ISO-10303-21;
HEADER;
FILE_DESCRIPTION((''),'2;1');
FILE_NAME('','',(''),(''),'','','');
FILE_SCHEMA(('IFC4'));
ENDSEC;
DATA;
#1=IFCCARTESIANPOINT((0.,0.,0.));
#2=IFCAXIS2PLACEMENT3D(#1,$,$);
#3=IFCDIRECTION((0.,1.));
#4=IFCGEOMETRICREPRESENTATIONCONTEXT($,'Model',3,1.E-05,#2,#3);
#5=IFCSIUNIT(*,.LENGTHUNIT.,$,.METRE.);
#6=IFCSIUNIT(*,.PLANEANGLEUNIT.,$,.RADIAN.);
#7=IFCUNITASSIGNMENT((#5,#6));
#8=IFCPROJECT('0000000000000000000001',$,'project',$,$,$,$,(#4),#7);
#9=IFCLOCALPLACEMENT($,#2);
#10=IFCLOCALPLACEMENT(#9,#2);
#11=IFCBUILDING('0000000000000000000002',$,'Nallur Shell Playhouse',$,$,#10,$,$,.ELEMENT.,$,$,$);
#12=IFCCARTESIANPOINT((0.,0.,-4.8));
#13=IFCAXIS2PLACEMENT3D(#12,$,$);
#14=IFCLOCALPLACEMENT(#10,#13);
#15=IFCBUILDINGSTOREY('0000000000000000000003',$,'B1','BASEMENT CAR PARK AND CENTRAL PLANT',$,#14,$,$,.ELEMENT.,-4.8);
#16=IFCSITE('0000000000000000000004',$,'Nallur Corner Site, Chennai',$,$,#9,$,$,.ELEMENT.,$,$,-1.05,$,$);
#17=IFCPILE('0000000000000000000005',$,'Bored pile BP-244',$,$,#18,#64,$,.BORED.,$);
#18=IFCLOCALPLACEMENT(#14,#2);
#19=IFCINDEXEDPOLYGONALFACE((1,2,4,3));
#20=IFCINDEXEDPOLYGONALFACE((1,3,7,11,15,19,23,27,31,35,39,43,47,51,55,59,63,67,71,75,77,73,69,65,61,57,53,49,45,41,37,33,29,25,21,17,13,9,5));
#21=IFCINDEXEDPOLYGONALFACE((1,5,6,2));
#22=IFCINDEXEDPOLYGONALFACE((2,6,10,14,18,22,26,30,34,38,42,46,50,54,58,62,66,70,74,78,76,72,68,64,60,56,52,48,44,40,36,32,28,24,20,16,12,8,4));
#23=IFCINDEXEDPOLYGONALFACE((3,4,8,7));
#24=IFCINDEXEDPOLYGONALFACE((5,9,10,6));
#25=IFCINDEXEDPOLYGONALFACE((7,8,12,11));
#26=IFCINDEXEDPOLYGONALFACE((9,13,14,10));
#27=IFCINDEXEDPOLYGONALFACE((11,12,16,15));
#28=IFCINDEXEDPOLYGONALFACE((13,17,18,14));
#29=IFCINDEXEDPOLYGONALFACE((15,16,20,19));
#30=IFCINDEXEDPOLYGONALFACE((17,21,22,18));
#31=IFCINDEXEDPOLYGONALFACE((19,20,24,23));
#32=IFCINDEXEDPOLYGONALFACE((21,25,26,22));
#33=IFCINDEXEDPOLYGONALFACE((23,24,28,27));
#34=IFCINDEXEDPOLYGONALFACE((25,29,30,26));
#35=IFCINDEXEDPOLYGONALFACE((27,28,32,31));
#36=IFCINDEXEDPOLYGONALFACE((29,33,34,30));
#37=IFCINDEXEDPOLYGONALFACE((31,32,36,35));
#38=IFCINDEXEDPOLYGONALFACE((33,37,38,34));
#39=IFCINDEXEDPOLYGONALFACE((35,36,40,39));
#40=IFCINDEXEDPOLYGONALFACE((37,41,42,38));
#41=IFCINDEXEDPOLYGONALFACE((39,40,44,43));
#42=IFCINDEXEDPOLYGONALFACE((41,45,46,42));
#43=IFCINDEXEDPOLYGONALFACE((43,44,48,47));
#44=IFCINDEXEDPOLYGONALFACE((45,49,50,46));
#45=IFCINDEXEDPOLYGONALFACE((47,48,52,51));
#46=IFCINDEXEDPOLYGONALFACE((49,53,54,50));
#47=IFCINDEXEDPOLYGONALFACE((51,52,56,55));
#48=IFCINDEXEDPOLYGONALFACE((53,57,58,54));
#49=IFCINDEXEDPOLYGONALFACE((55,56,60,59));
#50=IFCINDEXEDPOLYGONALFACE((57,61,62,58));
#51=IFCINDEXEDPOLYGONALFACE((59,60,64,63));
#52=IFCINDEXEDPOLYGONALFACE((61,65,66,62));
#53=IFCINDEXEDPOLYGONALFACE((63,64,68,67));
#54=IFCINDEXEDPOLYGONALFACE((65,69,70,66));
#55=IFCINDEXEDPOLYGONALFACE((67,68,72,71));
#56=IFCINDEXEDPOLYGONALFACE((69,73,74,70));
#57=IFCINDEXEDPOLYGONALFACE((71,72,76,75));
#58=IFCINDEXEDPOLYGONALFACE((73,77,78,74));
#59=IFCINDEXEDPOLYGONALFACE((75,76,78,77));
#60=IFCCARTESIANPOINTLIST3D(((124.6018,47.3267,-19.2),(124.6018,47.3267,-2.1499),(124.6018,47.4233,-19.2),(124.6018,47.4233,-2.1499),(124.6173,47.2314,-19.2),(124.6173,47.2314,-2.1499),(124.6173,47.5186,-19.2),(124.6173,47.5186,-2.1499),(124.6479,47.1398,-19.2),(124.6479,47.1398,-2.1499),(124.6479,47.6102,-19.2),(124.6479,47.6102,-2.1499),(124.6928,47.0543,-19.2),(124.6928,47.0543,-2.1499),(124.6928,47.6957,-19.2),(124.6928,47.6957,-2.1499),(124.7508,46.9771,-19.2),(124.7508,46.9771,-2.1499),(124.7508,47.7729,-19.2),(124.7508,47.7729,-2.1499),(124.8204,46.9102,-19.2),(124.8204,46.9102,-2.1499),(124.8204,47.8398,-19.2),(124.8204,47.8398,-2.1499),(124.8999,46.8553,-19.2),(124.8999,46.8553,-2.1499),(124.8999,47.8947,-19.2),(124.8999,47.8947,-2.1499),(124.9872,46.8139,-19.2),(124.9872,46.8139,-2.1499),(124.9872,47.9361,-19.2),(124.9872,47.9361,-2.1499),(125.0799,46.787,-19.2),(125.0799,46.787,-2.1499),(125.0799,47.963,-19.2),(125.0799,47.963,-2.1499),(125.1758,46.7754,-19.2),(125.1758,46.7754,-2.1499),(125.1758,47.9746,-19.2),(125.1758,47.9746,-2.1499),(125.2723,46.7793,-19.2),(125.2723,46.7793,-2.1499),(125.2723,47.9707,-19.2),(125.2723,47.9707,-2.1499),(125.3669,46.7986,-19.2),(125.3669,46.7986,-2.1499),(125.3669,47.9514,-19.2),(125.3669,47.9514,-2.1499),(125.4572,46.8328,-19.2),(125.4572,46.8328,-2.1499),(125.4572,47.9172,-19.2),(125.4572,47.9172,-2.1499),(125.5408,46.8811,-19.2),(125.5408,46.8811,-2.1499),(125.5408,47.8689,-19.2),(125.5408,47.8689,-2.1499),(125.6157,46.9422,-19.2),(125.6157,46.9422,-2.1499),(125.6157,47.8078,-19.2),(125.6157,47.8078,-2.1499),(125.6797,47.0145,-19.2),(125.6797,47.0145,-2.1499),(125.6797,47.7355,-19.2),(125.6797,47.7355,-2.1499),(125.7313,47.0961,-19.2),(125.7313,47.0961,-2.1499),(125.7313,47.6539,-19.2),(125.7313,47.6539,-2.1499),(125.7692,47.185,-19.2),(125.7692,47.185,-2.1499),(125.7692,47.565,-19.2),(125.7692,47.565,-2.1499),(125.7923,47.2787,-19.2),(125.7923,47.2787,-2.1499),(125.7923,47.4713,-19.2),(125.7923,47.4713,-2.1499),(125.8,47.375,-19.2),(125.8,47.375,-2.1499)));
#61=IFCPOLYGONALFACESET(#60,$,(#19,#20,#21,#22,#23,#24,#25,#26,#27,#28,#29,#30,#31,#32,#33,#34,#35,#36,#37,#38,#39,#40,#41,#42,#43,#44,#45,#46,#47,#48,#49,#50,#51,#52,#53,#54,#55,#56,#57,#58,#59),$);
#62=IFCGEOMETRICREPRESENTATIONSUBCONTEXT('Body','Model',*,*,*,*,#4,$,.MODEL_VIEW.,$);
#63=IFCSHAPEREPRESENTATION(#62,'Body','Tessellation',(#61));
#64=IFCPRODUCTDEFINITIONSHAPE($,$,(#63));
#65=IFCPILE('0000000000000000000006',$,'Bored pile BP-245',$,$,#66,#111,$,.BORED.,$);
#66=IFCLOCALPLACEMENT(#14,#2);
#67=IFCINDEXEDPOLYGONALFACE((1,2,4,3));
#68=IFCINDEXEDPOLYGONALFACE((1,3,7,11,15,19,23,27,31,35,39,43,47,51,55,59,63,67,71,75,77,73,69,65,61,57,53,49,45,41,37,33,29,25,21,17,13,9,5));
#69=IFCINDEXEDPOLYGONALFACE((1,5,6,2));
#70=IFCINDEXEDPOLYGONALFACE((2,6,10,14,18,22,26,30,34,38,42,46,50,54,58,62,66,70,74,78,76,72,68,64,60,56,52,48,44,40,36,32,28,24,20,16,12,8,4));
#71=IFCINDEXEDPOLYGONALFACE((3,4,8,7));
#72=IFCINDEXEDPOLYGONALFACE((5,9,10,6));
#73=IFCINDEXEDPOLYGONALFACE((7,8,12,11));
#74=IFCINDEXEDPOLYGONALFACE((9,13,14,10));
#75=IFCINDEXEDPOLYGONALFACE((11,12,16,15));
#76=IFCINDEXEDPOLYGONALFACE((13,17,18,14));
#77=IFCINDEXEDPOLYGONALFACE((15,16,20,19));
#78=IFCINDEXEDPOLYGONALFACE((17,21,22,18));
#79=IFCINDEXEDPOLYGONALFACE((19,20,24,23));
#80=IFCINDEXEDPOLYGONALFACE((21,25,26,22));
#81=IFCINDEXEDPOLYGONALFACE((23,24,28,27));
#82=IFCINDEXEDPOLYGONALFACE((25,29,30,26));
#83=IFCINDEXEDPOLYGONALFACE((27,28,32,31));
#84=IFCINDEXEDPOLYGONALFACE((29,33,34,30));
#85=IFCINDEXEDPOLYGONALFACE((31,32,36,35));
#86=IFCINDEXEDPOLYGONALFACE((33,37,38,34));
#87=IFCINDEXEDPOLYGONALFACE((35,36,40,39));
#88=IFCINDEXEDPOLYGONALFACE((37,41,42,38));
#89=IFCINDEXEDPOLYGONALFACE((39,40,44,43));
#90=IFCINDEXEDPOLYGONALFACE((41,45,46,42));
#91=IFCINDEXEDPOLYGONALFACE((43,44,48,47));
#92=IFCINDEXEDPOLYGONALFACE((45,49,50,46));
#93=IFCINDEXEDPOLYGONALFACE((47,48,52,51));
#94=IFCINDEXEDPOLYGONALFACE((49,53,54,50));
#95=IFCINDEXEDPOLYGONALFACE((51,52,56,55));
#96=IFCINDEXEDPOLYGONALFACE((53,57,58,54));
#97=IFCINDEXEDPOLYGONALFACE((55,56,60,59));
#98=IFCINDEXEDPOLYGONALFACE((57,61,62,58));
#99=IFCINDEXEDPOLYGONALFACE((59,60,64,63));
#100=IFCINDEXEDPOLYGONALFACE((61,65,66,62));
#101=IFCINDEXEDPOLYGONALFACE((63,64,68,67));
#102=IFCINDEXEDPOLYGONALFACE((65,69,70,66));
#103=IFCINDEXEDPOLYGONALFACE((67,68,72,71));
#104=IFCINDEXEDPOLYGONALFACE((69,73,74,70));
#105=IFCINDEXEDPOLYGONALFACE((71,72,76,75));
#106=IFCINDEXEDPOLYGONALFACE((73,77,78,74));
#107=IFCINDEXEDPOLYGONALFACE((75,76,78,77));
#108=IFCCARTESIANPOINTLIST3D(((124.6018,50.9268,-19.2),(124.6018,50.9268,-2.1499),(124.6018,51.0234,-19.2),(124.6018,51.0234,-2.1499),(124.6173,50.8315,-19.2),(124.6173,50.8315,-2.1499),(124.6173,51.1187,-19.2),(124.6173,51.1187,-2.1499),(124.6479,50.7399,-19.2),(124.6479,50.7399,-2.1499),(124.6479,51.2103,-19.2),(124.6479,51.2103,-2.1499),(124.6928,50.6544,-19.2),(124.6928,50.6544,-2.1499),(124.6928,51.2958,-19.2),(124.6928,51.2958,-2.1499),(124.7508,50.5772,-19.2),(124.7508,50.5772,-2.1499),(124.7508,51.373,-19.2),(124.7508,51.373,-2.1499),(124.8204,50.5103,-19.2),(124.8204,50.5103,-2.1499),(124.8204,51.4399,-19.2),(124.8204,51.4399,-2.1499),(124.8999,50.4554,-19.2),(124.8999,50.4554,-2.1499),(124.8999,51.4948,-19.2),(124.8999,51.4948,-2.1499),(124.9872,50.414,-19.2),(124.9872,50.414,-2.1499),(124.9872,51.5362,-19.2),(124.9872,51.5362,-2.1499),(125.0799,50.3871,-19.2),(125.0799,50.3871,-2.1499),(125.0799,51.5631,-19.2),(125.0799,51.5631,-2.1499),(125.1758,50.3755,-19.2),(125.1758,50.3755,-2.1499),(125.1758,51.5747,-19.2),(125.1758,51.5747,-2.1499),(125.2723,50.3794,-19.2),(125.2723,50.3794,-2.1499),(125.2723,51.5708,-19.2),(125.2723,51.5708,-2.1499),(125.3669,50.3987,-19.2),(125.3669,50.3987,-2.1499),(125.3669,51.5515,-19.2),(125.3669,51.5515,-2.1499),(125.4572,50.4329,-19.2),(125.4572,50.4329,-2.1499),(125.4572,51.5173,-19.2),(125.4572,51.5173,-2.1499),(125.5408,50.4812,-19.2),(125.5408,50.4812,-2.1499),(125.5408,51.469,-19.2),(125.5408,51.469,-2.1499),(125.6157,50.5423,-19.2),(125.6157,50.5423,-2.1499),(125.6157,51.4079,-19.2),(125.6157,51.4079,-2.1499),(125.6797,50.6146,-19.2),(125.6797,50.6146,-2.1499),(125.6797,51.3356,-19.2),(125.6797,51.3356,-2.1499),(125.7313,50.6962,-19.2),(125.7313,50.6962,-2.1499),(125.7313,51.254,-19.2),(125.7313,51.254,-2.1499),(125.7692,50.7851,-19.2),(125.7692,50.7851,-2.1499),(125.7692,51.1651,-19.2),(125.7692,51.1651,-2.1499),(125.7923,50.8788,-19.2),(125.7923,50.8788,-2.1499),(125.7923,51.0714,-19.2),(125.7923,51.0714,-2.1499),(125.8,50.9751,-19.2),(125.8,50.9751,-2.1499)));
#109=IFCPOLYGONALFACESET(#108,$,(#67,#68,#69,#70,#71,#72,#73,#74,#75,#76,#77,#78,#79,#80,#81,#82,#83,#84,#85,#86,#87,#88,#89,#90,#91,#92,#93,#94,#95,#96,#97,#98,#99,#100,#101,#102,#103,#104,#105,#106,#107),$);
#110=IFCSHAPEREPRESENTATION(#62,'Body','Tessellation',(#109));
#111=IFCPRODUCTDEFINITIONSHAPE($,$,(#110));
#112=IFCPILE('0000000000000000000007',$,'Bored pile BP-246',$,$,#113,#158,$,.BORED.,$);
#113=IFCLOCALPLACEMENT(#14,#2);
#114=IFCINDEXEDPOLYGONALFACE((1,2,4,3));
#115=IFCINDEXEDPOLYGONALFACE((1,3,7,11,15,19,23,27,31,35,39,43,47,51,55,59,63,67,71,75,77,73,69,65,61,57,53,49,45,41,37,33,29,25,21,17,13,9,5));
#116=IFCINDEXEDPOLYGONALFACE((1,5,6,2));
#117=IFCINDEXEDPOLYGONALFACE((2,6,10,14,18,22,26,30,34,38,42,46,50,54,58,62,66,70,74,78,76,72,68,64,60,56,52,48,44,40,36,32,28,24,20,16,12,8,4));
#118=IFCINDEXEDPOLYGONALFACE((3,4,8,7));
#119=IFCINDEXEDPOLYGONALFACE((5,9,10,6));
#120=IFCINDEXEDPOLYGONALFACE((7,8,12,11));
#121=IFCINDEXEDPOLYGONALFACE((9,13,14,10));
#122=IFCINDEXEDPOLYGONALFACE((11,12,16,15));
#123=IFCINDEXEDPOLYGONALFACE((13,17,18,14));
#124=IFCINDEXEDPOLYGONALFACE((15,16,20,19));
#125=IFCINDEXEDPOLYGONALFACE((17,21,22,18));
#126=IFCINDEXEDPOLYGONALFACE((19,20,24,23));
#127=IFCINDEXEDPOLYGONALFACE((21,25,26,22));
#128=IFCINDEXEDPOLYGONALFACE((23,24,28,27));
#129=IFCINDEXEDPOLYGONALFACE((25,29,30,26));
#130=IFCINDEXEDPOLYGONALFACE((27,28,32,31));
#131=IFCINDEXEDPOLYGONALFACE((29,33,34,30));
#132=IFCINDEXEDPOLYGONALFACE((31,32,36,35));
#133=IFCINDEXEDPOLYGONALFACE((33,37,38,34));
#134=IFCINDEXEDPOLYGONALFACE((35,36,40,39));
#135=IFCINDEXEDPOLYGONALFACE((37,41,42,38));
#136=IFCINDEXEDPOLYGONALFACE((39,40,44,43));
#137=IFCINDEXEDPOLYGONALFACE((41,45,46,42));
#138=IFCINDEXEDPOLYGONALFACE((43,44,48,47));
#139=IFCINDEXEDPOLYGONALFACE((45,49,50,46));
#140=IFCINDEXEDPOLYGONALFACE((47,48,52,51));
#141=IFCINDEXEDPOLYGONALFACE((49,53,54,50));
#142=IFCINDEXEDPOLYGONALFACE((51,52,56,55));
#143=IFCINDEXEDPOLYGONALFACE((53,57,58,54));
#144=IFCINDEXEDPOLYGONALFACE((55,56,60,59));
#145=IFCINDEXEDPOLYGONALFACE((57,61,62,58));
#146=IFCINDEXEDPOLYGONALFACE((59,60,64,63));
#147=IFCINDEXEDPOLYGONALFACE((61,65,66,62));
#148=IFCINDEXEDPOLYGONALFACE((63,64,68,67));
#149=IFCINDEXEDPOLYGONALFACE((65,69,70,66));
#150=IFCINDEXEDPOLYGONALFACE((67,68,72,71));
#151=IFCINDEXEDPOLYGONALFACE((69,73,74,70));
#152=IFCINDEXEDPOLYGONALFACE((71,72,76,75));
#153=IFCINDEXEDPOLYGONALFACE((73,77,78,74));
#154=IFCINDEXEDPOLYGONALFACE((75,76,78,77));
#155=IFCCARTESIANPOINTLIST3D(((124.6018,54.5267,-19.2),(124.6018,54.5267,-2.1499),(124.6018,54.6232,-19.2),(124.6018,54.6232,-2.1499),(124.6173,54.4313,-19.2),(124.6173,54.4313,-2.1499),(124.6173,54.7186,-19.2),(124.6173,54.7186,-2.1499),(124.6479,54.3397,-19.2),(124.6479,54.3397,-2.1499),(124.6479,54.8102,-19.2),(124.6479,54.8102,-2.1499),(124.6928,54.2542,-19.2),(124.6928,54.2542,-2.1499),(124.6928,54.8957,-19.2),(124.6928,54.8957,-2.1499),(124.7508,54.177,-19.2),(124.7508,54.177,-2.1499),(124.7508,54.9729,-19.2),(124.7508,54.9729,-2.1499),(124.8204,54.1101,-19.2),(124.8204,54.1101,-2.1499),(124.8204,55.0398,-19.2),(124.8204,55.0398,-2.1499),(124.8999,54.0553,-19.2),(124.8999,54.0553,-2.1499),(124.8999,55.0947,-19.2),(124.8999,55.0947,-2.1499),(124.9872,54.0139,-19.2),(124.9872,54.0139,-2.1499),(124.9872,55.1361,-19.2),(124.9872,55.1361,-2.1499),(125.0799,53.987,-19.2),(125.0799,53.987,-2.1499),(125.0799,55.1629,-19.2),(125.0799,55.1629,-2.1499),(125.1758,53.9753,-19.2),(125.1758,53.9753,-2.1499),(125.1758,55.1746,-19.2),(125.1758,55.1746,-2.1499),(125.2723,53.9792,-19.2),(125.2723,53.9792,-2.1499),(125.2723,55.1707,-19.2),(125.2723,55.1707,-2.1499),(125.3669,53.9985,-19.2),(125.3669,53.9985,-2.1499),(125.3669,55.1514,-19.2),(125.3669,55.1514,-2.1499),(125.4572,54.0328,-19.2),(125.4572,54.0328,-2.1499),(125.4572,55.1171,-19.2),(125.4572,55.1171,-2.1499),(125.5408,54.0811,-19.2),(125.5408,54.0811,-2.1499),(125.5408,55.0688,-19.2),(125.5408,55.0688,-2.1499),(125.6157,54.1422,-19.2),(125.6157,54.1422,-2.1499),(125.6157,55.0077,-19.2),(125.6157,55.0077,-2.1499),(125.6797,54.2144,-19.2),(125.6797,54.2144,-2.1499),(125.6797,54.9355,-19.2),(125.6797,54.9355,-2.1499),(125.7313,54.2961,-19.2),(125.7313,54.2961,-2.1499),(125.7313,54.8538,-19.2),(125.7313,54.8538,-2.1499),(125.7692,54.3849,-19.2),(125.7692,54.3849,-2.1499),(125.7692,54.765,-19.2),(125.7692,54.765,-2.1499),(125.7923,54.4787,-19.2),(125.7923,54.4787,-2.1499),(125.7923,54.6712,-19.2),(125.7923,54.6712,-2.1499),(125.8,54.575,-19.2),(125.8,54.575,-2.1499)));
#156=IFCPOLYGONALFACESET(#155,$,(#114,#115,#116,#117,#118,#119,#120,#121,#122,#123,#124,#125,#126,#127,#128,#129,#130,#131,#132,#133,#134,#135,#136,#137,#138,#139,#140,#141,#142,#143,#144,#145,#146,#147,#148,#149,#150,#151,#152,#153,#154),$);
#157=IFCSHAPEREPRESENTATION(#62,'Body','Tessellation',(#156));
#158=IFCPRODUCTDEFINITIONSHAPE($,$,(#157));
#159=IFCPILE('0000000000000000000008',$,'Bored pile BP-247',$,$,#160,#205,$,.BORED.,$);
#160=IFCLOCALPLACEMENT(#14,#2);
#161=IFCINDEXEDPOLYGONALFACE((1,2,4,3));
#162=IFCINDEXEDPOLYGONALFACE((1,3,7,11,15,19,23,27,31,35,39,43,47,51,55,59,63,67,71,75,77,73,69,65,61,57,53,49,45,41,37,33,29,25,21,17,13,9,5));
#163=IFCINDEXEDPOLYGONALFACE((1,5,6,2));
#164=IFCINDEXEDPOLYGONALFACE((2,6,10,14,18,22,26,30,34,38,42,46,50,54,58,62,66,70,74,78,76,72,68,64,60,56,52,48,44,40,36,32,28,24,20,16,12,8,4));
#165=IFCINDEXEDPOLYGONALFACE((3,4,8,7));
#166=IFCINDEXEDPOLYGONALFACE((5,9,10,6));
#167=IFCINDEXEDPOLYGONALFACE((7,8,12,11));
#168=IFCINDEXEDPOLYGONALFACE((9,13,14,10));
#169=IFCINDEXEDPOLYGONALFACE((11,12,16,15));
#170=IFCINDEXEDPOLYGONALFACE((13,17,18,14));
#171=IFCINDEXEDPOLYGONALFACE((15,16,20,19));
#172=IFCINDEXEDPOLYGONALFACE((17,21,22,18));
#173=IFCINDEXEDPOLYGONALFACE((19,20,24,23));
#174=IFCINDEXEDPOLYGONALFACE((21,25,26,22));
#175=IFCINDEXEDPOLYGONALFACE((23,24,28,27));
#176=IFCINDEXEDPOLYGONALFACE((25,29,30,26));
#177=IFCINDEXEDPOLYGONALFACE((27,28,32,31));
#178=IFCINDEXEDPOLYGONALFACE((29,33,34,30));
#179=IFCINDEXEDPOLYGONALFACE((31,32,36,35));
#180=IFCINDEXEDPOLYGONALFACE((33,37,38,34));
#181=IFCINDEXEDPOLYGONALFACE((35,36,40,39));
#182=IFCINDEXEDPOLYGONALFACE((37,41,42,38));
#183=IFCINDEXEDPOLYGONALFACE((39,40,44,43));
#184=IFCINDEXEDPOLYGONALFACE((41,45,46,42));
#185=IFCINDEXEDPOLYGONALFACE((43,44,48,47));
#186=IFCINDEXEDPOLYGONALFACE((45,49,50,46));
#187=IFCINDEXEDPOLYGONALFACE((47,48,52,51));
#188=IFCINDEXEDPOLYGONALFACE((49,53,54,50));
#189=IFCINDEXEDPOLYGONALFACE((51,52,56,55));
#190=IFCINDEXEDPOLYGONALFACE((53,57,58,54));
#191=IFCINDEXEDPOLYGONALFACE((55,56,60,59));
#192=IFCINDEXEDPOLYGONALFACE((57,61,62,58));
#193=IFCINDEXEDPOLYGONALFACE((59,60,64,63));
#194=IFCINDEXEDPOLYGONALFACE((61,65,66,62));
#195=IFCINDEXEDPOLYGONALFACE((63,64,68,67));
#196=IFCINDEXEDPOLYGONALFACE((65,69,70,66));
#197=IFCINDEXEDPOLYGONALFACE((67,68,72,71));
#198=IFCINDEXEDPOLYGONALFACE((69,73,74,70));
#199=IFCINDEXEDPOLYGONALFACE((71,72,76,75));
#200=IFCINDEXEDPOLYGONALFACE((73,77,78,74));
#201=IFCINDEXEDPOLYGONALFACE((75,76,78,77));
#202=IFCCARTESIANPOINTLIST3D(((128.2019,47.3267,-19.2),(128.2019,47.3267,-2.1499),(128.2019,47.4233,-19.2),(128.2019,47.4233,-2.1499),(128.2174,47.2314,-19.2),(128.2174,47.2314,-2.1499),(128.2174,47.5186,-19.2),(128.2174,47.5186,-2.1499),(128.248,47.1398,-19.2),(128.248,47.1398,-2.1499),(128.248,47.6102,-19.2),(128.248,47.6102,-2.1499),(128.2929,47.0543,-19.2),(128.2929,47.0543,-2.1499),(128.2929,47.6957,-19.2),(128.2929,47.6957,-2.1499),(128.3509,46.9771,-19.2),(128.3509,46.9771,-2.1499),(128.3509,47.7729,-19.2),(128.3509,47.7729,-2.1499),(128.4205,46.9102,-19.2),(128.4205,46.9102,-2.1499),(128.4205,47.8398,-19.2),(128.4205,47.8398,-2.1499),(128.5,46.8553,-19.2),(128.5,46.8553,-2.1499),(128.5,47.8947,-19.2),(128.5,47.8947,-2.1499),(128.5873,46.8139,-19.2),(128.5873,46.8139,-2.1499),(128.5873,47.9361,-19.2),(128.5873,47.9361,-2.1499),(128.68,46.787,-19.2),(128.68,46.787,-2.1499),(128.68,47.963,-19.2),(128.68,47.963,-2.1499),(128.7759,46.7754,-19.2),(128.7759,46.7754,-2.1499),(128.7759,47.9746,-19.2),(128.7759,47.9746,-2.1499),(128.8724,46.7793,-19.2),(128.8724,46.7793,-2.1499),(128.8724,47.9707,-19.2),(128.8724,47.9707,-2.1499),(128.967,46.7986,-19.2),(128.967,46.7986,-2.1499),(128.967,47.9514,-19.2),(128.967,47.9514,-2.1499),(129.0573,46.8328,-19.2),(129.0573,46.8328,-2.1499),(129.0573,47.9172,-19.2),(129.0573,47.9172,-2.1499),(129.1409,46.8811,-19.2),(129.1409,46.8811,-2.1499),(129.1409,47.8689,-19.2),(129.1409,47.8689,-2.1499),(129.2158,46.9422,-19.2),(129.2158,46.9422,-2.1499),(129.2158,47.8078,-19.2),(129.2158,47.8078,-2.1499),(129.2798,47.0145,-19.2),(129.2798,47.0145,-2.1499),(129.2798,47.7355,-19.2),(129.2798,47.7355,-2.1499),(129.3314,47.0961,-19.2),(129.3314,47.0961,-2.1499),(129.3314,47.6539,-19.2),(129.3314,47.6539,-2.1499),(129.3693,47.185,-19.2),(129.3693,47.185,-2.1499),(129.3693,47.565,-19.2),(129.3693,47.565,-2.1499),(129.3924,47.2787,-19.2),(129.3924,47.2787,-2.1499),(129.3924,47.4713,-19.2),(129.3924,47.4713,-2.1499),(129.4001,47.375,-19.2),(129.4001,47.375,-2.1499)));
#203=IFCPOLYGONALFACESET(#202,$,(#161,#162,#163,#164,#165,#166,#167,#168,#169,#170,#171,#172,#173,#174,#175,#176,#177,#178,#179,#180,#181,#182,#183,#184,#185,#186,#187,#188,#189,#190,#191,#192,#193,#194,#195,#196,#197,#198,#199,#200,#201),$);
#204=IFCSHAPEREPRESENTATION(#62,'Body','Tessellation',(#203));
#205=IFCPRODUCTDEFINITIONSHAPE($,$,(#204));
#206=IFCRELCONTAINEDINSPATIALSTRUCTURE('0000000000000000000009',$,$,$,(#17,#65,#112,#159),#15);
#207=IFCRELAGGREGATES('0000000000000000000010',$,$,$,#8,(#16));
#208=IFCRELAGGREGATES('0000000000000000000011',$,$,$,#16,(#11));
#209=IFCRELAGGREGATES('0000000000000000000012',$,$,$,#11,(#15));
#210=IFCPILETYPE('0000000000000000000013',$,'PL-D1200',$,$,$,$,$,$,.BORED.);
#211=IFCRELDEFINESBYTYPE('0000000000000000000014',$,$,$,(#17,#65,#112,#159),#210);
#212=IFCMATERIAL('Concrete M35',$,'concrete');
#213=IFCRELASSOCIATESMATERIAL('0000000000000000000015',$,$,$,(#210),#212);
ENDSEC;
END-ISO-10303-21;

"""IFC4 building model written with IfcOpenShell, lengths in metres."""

from ifc_helpers import new_model, si_unit, direction, frame, origin, origin_2d, place, context, subcontext, project, spatial, circle, extrude, material, material_profile, profile_set, type_object, element, save


model = new_model("IFC4")

# Units and contexts
model_context = context("Model", 3, precision=1e-05, world=origin(), true_north=direction((0.0, 1.0)))
body_context = subcontext(model_context, "Body", "Model", "MODEL_VIEW")
ifc_project = project(units=[si_unit("LENGTHUNIT", "METRE"), si_unit("PLANEANGLEUNIT", "RADIAN")], contexts=[model_context])

# Site, building, storey
site_placement = place(None, origin())
site = spatial("IfcSite", under=ifc_project, at=site_placement, Name="Nallur Corner Site, Chennai", CompositionType="ELEMENT", RefElevation=-1.05)
building_placement = place(site_placement, origin())
building = spatial("IfcBuilding", under=site, at=building_placement, Name="Nallur Shell Playhouse", CompositionType="ELEMENT")
storey_placement = place(building_placement, frame((0.0, 0.0, -4.8)))
storey = spatial("IfcBuildingStorey", under=building, at=storey_placement, Name="B1", Description="BASEMENT CAR PARK AND CENTRAL PLANT", CompositionType="ELEMENT", Elevation=-4.8)

# Shared definitions
ifc_material_1 = material(Name="Concrete M35", Category="concrete")

# Piles
ifc_material_profile_1 = material_profile(ifc_material_1, circle(Radius=0.6001, at=origin_2d()), Name="BORED PILE D1200")
ifc_profile_set_1 = profile_set([ifc_material_profile_1], Name="Concrete M35")
pile_type = type_object("IfcPileType", Name="PL-D1200", PredefinedType="BORED", material=ifc_profile_set_1)
for number, where, z_axis, x_axis, name in (
    (1, (125.2, 47.375, -2.1499), (0.0, 0.0, -1.0), (1.0, 0.0, 0.0), "Bored pile BP-244"),
    (2, (125.2, 50.9751, -2.1499), (0.0, 0.0, -1.0), (1.0, 0.0, 0.0), "Bored pile BP-245"),
    (3, (125.2, 54.575, -2.1499), (0.0, 0.0, -1.0), (1.0, 0.0, 0.0), "Bored pile BP-246"),
    (4, (128.8, 47.375, -2.1499), (0.0, 0.0, -1.0), (1.0, 0.0, 0.0), "Bored pile BP-247"),
):
    element("IfcPile", number, at=place(storey_placement, frame(where, z_axis=z_axis, x_axis=x_axis)), inside=storey, type_object=pile_type, Name=name, PredefinedType="BORED", context=body_context, shape_type="SweptSolid", body=[
        extrude(circle(Radius=0.6001, at=origin_2d()), origin(), (0.0, 0.0, 1.0), 17.05),
    ])

save(model, "model.ifc")
